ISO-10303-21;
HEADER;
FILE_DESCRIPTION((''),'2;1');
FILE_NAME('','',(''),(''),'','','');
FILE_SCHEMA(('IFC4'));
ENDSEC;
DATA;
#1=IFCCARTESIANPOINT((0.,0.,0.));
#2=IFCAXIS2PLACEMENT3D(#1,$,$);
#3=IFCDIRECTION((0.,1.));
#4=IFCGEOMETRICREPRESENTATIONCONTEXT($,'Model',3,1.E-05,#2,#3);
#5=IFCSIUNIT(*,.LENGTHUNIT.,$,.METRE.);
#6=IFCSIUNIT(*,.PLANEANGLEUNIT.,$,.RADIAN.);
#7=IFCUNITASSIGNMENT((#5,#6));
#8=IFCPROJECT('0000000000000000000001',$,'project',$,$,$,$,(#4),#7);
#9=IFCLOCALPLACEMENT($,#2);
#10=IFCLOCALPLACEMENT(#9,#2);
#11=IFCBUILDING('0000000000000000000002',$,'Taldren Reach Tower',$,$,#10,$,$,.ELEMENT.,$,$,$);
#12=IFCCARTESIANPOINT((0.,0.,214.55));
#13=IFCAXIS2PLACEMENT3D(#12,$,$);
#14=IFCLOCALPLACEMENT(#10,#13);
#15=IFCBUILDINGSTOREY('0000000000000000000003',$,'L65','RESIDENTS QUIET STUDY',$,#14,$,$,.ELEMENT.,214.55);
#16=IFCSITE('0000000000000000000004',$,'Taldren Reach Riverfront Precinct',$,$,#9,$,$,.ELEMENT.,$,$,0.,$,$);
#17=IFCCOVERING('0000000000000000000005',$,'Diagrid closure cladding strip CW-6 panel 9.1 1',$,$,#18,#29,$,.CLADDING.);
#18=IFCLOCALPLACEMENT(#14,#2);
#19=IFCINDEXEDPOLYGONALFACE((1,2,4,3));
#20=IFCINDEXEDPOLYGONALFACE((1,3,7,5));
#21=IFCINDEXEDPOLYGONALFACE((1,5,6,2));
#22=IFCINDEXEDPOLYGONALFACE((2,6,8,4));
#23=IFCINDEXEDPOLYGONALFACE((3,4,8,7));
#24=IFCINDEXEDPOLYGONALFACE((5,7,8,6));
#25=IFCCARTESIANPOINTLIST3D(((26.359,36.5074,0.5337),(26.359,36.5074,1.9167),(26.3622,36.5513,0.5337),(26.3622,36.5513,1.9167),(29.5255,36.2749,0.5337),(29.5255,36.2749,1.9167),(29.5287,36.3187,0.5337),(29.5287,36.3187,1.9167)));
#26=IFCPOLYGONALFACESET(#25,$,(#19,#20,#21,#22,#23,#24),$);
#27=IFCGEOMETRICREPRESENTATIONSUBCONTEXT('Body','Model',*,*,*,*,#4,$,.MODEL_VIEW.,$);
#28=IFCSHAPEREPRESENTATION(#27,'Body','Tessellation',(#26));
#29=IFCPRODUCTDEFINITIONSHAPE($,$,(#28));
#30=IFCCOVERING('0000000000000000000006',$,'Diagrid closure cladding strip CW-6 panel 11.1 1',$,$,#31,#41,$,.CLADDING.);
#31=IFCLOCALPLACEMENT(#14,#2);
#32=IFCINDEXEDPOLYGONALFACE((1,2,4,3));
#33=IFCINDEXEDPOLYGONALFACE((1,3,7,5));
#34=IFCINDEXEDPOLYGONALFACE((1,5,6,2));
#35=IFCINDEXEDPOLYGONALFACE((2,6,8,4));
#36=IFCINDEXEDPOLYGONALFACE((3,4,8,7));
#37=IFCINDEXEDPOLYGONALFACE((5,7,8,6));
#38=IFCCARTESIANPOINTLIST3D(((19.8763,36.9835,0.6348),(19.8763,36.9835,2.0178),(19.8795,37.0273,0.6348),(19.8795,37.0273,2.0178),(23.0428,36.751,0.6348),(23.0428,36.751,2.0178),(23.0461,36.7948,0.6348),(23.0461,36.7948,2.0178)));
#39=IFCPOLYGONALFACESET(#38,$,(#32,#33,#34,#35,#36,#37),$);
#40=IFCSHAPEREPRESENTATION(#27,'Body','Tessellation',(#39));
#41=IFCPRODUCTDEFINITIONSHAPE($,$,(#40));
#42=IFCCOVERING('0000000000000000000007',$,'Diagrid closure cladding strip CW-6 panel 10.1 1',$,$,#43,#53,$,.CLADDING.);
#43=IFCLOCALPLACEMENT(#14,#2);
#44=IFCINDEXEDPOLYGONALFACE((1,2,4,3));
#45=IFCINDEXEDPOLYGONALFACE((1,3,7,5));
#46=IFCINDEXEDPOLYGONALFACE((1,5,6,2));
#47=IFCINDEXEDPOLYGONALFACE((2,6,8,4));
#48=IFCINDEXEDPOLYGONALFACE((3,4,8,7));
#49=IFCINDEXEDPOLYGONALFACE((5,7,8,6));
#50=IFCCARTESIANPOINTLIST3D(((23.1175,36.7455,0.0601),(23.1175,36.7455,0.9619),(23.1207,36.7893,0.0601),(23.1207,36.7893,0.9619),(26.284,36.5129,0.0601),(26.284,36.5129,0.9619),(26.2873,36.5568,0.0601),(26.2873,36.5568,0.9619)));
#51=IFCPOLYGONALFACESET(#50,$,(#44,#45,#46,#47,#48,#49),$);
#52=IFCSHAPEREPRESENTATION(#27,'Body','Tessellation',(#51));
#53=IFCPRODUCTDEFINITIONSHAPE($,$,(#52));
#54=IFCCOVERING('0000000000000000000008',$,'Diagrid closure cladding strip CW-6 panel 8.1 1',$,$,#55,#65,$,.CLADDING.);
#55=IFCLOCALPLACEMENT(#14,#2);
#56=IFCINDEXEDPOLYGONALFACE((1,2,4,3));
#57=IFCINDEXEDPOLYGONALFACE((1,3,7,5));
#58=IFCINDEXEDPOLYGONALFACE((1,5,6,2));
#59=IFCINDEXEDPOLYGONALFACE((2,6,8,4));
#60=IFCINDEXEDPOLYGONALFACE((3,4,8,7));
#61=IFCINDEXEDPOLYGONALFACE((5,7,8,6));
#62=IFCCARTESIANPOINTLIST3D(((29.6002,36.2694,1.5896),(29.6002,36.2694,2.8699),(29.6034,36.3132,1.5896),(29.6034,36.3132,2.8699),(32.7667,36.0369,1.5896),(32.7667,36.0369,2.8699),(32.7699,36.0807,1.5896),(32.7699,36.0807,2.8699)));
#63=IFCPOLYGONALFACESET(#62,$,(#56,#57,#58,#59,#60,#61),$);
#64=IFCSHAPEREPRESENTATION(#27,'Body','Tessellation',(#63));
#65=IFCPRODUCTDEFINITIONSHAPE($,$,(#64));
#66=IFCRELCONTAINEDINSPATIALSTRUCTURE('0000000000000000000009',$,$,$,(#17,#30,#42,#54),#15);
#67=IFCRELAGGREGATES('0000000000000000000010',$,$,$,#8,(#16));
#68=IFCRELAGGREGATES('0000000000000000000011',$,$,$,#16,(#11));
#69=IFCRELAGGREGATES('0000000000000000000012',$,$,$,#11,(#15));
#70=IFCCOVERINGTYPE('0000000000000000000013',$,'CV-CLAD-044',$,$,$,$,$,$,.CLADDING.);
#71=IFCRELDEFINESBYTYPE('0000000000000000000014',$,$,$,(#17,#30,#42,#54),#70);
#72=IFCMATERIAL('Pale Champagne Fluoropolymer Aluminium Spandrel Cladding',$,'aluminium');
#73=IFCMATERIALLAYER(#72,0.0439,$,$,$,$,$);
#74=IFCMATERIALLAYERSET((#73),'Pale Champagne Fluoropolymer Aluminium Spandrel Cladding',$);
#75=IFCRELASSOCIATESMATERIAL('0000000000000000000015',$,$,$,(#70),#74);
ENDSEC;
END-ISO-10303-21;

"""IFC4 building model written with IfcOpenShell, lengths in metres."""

from ifc_helpers import new_model, si_unit, direction, frame, origin, origin_2d, place, context, subcontext, project, spatial, rectangle, extrude, source, transform, mapped, material, layer, layer_set, type_object, element, save


model = new_model("IFC4")

# Units and contexts
model_context = context("Model", 3, precision=1e-05, world=origin(), true_north=direction((0.0, 1.0)))
body_context = subcontext(model_context, "Body", "Model", "MODEL_VIEW")
ifc_project = project(units=[si_unit("LENGTHUNIT", "METRE"), si_unit("PLANEANGLEUNIT", "RADIAN")], contexts=[model_context])

# Site, building, storey
site_placement = place(None, origin())
site = spatial("IfcSite", under=ifc_project, at=site_placement, Name="Taldren Reach Riverfront Precinct", CompositionType="ELEMENT", RefElevation=0.0)
building_placement = place(site_placement, origin())
building = spatial("IfcBuilding", under=site, at=building_placement, Name="Taldren Reach Tower", CompositionType="ELEMENT")
storey_placement = place(building_placement, frame((0.0, 0.0, 214.55)))
storey = spatial("IfcBuildingStorey", under=building, at=storey_placement, Name="L65", Description="RESIDENTS QUIET STUDY", CompositionType="ELEMENT", Elevation=214.55)

# Coverings
ifc_material_1 = material(Name="Pale Champagne Fluoropolymer Aluminium Spandrel Cladding", Category="aluminium")
ifc_layer_1 = layer(ifc_material_1, 0.0439)
ifc_layer_set_1 = layer_set([ifc_layer_1], Name="Pale Champagne Fluoropolymer Aluminium Spandrel Cladding")
covering_type = type_object("IfcCoveringType", Name="CV-CLAD-044", PredefinedType="CLADDING", material=ifc_layer_set_1)
shared_shape_1 = source(origin(), body_context, "Body", "SweptSolid", [
    extrude(rectangle(XDim=3.175, YDim=0.0439, at=origin_2d()), origin(), (0.0, 0.0, 1.0), 1.3831),
])
for number, where, z_axis, x_axis, name in (
    (1, (27.9438, 36.4131, 0.5337), (0.0, 0.0, 1.0), (-0.997314, 0.073238, 0.0), "Diagrid closure cladding strip CW-6 panel 9.1 1"),
    (2, (21.4612, 36.8892, 0.6348), (0.0, 0.0, 1.0), (-0.997314, 0.073238, 0.0), "Diagrid closure cladding strip CW-6 panel 11.1 1"),
):
    element("IfcCovering", number, at=place(storey_placement, frame(where, z_axis=z_axis, x_axis=x_axis)), inside=storey, type_object=covering_type, Name=name, PredefinedType="CLADDING", context=body_context, shape_type="MappedRepresentation", body=[
        mapped(shared_shape_1, transform((0.0, 0.0, 0.0), scale=1.0)),
    ])
shared_shape_2 = source(origin(), body_context, "Body", "SweptSolid", [
    extrude(rectangle(XDim=3.175, YDim=0.0439, at=origin_2d()), origin(), (0.0, 0.0, 1.0), 0.9019),
])
covering_1_placement = place(storey_placement, frame((24.7024, 36.6511, 0.0601), z_axis=(0.0, 0.0, 1.0), x_axis=(-0.997314, 0.073238, 0.0)))
element("IfcCovering", 3, at=covering_1_placement, inside=storey, type_object=covering_type, Name="Diagrid closure cladding strip CW-6 panel 10.1 1", PredefinedType="CLADDING", context=body_context, shape_type="MappedRepresentation", body=[
    mapped(shared_shape_2, transform((0.0, 0.0, 0.0), scale=1.0)),
])
shared_shape_3 = source(origin(), body_context, "Body", "SweptSolid", [
    extrude(rectangle(XDim=3.175, YDim=0.0439, at=origin_2d()), origin(), (0.0, 0.0, 1.0), 1.2803),
])
covering_2_placement = place(storey_placement, frame((31.1851, 36.175, 1.5896), z_axis=(0.0, 0.0, 1.0), x_axis=(-0.997314, 0.073238, 0.0)))
element("IfcCovering", 4, at=covering_2_placement, inside=storey, type_object=covering_type, Name="Diagrid closure cladding strip CW-6 panel 8.1 1", PredefinedType="CLADDING", context=body_context, shape_type="MappedRepresentation", body=[
    mapped(shared_shape_3, transform((0.0, 0.0, 0.0), scale=1.0)),
])

save(model, "model.ifc")
